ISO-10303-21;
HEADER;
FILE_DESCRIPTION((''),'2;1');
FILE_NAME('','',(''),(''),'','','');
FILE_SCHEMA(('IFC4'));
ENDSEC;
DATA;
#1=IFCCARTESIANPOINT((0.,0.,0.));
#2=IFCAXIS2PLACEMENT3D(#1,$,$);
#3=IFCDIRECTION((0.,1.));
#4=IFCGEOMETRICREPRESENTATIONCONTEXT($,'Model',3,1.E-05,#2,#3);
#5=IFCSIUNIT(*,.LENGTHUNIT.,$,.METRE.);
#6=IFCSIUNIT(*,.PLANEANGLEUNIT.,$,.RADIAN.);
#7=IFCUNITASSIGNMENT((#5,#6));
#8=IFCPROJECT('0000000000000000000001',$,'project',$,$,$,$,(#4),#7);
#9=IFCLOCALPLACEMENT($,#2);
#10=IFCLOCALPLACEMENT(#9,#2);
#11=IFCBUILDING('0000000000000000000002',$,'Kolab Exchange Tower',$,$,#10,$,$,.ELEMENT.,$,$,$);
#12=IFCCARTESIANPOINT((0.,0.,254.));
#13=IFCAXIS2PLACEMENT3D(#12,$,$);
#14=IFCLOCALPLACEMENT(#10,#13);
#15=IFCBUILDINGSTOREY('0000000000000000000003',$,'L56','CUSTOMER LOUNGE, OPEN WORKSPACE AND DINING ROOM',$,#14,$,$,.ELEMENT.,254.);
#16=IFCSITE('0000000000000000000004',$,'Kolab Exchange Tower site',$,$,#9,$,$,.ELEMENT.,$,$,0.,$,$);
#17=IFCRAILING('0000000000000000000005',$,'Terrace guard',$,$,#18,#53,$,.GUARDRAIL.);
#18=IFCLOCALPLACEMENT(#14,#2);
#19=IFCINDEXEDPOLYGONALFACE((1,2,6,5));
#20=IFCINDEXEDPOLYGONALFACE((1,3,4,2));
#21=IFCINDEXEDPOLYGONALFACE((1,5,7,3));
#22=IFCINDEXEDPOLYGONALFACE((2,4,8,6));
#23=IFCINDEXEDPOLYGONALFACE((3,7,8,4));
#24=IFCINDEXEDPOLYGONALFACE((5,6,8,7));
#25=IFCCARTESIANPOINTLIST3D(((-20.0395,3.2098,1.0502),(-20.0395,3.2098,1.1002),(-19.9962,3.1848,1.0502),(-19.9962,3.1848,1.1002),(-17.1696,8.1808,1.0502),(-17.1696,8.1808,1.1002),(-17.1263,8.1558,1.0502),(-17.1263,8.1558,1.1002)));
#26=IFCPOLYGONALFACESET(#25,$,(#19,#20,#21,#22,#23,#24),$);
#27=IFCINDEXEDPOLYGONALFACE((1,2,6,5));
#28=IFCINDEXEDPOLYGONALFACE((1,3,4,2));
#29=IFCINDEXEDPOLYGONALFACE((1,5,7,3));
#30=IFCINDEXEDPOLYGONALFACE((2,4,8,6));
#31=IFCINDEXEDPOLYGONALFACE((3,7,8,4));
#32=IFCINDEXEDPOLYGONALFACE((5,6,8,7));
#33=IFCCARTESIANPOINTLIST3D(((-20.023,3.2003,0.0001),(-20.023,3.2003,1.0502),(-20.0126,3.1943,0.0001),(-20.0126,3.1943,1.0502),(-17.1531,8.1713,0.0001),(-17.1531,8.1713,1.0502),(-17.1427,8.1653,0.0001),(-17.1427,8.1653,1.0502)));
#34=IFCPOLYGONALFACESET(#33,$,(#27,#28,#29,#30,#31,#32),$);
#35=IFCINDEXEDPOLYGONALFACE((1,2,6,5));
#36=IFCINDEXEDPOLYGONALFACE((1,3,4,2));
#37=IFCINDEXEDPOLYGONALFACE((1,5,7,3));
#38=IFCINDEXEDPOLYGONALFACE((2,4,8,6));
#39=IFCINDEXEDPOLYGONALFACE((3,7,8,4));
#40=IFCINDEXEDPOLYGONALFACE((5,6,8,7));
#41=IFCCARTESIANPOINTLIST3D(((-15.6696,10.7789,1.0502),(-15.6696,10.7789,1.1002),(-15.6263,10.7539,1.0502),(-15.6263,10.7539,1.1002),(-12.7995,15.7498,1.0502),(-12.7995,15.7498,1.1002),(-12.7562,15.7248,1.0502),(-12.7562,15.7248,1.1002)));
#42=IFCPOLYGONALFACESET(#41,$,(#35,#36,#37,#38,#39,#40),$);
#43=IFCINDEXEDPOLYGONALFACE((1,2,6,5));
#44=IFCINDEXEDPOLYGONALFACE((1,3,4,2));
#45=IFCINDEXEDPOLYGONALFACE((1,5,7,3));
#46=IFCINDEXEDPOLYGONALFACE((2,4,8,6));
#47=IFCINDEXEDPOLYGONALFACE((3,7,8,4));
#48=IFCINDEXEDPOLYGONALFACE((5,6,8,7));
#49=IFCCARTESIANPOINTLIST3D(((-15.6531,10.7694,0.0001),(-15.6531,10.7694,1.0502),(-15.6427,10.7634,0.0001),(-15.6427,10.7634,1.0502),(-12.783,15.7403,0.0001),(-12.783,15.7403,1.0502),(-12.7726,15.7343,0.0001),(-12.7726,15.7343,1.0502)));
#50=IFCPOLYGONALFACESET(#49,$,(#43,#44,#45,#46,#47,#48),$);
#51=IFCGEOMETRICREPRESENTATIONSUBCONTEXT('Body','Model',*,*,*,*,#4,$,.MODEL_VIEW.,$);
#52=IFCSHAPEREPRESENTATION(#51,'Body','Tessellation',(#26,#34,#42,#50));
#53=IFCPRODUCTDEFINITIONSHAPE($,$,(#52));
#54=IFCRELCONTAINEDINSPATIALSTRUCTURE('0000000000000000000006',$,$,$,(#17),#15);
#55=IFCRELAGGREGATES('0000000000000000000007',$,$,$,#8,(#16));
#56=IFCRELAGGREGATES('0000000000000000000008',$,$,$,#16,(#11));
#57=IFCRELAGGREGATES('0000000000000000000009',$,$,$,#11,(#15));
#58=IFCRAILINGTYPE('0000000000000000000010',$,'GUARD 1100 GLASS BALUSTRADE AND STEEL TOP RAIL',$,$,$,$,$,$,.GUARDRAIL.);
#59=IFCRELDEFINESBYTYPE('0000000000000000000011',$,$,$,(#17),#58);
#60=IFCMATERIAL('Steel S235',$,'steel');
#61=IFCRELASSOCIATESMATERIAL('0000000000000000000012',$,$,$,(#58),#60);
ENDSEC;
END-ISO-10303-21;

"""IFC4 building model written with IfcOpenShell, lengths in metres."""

from ifc_helpers import new_model, si_unit, direction, frame, frame_2d, origin, origin_2d, place, context, subcontext, project, spatial, rectangle, extrude, material, type_object, element, save


model = new_model("IFC4")

# Units and contexts
model_context = context("Model", 3, precision=1e-05, world=origin(), true_north=direction((0.0, 1.0)))
body_context = subcontext(model_context, "Body", "Model", "MODEL_VIEW")
ifc_project = project(units=[si_unit("LENGTHUNIT", "METRE"), si_unit("PLANEANGLEUNIT", "RADIAN")], contexts=[model_context])

# Site, building, storey
site_placement = place(None, origin())
site = spatial("IfcSite", under=ifc_project, at=site_placement, Name="Kolab Exchange Tower site", CompositionType="ELEMENT", RefElevation=0.0)
building_placement = place(site_placement, origin())
building = spatial("IfcBuilding", under=site, at=building_placement, Name="Kolab Exchange Tower", CompositionType="ELEMENT")
storey_placement = place(building_placement, frame((0.0, 0.0, 254.0)))
storey = spatial("IfcBuildingStorey", under=building, at=storey_placement, Name="L56", Description="CUSTOMER LOUNGE, OPEN WORKSPACE AND DINING ROOM", CompositionType="ELEMENT", Elevation=254.0)

# Railing
ifc_material_1 = material(Name="Steel S235", Category="steel")
railing_type = type_object("IfcRailingType", Name="GUARD 1100 GLASS BALUSTRADE AND STEEL TOP RAIL", PredefinedType="GUARDRAIL", material=ifc_material_1)
railing_placement = place(storey_placement, frame((-20.0178, 3.1973, 0.0)))
element("IfcRailing", 1, at=railing_placement, inside=storey, type_object=railing_type, Name="Terrace guard", PredefinedType="GUARDRAIL", context=body_context, shape_type="SweptSolid", body=[
    extrude(rectangle(XDim=0.05, YDim=0.05, at=origin_2d()), frame((0.0, 0.0, 1.0752), z_axis=(0.499986, 0.866033, 0.0), x_axis=(-0.866033, 0.499986, 0.0)), (0.0, 0.0, 1.0), 5.74),
    extrude(rectangle(XDim=0.012, YDim=1.0501, at=frame_2d((0.0, 0.5251))), frame((0.0, 0.0, 0.0), z_axis=(0.499986, 0.866033, 0.0), x_axis=(-0.866033, 0.499986, 0.0)), (0.0, 0.0, 1.0), 5.74),
    extrude(rectangle(XDim=0.05, YDim=0.05, at=origin_2d()), frame((7.24, 12.54, 1.0752), z_axis=(-0.500018, -0.866015, 0.0), x_axis=(0.866015, -0.500018, 0.0)), (0.0, 0.0, 1.0), 5.74),
    extrude(rectangle(XDim=0.012, YDim=1.0501, at=frame_2d((0.0, 0.5251))), frame((7.24, 12.54, 0.0), z_axis=(-0.500018, -0.866015, 0.0), x_axis=(0.866015, -0.500018, 0.0)), (0.0, 0.0, 1.0), 5.74),
])

save(model, "model.ifc")
